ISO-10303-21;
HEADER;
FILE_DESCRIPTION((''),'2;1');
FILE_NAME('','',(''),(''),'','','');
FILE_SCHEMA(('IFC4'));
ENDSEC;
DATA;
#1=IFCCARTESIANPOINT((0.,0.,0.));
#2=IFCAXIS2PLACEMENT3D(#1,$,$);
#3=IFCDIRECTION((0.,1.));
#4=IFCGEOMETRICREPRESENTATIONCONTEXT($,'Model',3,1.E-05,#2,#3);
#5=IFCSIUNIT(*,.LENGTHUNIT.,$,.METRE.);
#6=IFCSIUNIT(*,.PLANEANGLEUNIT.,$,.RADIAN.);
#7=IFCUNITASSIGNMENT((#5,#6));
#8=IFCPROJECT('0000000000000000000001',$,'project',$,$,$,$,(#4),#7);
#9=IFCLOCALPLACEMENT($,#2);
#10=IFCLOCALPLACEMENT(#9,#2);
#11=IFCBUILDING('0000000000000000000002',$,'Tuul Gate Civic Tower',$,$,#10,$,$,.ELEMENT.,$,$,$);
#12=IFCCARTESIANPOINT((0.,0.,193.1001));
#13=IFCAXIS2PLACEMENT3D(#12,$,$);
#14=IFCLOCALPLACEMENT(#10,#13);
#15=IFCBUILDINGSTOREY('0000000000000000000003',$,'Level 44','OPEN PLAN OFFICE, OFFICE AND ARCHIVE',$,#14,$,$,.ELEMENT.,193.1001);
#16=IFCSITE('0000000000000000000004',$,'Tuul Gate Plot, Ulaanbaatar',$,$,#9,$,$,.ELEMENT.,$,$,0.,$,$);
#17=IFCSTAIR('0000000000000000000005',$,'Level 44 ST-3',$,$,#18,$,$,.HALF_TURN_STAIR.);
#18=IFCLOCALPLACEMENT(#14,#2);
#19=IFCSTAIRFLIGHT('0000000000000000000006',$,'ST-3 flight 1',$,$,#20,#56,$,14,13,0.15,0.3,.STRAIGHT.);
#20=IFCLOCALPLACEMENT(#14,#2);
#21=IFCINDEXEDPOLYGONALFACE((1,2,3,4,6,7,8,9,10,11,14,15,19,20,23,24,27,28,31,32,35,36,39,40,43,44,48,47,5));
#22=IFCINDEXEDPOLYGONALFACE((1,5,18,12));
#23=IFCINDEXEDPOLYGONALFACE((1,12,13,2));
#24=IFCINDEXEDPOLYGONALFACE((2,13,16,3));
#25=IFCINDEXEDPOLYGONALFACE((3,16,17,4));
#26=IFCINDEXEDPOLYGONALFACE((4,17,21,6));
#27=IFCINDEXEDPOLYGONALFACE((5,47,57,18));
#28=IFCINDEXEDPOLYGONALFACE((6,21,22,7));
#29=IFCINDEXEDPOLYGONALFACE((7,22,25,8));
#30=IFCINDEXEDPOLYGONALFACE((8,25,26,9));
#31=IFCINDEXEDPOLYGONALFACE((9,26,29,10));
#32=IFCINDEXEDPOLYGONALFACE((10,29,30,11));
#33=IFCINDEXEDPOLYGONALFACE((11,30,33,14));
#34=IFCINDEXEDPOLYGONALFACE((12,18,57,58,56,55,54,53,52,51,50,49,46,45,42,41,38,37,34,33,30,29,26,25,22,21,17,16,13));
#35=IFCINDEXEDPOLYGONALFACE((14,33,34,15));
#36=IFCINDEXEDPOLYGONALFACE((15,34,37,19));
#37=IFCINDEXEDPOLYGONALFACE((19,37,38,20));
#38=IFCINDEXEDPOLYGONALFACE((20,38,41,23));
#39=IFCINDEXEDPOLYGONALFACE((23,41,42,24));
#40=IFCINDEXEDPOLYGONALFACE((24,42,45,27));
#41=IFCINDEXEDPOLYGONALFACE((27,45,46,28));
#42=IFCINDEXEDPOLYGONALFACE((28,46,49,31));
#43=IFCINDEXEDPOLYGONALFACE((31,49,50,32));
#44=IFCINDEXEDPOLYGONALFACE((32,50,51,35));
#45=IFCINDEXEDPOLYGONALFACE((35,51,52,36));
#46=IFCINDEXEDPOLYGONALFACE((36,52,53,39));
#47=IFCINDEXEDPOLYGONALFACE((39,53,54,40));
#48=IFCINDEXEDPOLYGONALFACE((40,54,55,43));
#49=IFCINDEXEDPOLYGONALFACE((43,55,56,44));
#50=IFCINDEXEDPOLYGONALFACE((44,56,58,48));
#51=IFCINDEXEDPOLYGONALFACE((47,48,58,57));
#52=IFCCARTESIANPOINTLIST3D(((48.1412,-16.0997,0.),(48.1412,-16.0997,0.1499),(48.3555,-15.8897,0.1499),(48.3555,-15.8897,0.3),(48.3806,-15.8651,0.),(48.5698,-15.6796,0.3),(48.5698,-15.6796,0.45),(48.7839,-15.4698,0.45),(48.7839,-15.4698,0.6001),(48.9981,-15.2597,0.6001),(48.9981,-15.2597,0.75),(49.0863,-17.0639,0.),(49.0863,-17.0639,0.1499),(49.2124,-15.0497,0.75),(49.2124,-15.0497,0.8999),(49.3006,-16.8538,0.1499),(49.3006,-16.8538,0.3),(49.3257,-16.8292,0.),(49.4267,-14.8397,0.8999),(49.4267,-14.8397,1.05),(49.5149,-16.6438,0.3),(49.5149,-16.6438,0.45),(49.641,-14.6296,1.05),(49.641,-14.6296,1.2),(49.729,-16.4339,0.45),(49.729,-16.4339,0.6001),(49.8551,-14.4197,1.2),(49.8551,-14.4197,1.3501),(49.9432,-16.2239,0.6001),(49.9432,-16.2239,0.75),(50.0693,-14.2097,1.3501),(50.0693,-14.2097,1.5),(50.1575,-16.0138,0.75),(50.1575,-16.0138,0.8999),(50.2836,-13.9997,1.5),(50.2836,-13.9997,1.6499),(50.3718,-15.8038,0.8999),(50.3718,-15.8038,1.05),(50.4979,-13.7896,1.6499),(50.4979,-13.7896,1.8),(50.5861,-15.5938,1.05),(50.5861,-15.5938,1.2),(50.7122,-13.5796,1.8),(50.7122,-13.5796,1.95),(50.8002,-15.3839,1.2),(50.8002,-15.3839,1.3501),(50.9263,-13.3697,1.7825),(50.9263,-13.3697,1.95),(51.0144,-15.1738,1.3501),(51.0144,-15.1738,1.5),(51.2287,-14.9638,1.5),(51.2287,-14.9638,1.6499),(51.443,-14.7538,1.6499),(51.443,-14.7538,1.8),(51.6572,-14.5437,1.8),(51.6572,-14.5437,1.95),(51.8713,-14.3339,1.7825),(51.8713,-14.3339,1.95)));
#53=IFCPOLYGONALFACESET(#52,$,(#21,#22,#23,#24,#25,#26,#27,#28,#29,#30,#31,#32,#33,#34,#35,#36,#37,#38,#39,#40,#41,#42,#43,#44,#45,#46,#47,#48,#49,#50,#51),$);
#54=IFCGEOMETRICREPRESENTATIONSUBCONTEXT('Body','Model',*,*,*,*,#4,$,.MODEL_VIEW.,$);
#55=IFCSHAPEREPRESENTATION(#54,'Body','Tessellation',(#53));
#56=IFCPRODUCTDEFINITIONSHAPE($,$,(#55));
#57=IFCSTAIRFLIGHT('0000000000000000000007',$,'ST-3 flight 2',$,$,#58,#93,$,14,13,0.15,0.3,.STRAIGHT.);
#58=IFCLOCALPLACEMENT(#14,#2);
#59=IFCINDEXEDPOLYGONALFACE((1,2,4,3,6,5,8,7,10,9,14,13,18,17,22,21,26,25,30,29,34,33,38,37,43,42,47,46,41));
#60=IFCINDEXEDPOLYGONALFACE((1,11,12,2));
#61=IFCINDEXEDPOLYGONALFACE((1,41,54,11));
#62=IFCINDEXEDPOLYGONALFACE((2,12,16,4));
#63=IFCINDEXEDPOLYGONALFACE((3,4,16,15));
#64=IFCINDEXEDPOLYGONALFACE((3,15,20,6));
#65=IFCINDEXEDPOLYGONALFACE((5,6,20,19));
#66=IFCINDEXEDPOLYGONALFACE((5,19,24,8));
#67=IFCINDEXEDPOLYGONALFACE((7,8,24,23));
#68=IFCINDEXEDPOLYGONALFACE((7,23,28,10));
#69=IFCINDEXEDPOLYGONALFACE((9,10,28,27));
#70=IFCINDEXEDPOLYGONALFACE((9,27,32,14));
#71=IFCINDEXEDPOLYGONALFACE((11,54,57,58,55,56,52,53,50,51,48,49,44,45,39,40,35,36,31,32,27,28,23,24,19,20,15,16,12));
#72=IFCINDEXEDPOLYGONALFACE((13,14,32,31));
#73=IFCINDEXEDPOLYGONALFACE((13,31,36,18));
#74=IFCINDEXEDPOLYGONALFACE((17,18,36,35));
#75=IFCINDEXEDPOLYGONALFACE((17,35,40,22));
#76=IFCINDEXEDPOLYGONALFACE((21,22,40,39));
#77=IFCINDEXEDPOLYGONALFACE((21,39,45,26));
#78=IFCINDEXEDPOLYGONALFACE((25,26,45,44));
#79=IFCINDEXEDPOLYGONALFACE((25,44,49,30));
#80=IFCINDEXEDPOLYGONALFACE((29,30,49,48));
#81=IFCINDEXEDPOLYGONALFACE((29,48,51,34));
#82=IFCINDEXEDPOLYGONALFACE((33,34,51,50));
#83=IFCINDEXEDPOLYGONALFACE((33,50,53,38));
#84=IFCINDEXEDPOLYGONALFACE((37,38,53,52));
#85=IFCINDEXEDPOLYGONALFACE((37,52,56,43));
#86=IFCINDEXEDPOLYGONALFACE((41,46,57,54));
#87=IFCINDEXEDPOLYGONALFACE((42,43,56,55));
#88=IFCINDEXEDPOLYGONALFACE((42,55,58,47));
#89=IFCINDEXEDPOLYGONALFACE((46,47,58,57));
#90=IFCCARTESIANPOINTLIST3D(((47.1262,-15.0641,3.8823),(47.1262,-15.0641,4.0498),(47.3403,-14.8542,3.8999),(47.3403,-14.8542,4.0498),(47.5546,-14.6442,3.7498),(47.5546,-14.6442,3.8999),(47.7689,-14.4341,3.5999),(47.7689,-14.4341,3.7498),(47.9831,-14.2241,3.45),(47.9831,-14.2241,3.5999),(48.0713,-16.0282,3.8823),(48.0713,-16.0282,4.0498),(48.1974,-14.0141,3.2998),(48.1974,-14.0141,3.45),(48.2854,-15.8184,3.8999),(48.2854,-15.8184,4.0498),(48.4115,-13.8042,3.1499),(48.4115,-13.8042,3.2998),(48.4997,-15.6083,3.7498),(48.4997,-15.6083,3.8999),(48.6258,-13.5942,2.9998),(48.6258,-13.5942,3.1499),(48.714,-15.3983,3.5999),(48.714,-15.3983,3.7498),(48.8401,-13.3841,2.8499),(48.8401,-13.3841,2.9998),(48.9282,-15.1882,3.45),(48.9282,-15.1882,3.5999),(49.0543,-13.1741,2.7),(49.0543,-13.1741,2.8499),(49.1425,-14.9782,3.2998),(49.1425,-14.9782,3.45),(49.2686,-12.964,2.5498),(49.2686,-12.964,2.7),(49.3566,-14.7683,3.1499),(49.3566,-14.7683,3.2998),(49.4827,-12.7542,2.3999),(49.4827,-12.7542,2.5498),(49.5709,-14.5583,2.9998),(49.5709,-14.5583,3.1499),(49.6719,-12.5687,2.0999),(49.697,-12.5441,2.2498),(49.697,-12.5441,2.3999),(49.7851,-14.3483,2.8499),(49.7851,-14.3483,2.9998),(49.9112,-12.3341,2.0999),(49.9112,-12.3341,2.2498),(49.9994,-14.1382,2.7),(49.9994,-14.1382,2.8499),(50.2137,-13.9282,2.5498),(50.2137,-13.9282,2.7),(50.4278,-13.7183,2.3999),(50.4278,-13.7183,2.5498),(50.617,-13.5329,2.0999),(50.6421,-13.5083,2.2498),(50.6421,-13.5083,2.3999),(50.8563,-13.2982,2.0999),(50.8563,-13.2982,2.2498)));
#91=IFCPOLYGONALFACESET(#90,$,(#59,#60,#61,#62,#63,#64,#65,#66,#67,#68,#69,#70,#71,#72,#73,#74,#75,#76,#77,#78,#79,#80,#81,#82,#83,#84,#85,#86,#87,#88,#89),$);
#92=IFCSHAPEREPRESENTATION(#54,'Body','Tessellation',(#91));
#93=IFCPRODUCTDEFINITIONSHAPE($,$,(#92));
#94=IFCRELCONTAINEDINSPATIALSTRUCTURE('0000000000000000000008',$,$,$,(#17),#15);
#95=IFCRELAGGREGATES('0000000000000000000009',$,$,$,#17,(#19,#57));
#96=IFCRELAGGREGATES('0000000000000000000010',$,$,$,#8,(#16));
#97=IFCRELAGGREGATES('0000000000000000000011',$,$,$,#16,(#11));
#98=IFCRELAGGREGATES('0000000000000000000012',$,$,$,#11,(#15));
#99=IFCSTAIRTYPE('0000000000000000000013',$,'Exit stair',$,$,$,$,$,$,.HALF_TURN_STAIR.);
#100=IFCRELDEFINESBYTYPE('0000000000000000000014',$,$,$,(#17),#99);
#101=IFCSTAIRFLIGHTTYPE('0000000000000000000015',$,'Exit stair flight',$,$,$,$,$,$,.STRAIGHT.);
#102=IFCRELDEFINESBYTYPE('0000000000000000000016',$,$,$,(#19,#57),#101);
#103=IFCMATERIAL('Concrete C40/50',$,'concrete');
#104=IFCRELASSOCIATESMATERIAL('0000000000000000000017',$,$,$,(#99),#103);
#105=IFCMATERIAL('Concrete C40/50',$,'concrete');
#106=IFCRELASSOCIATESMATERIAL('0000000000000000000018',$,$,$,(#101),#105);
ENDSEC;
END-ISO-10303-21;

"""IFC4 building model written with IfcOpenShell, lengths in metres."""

from ifc_helpers import new_model, si_unit, direction, frame, origin, place, context, subcontext, project, spatial, polyline, outline, extrude, material, type_object, element, aggregate, save


model = new_model("IFC4")

# Units and contexts
model_context = context("Model", 3, precision=1e-05, world=origin(), true_north=direction((0.0, 1.0)))
body_context = subcontext(model_context, "Body", "Model", "MODEL_VIEW")
ifc_project = project(units=[si_unit("LENGTHUNIT", "METRE"), si_unit("PLANEANGLEUNIT", "RADIAN")], contexts=[model_context])

# Site, building, storey
site_placement = place(None, origin())
site = spatial("IfcSite", under=ifc_project, at=site_placement, Name="Tuul Gate Plot, Ulaanbaatar", CompositionType="ELEMENT", RefElevation=0.0)
building_placement = place(site_placement, origin())
building = spatial("IfcBuilding", under=site, at=building_placement, Name="Tuul Gate Civic Tower", CompositionType="ELEMENT")
storey_placement = place(building_placement, frame((0.0, 0.0, 193.1001)))
storey = spatial("IfcBuildingStorey", under=building, at=storey_placement, Name="Level 44", Description="OPEN PLAN OFFICE, OFFICE AND ARCHIVE", CompositionType="ELEMENT", Elevation=193.1001)

# Stair, stair flights
ifc_material_1 = material(Name="Concrete C40/50", Category="concrete")
stair_type = type_object("IfcStairType", Name="Exit stair", PredefinedType="HALF_TURN_STAIR", material=ifc_material_1)
stair_placement = place(storey_placement, origin())
stair = element("IfcStair", 1, at=stair_placement, inside=storey, type_object=stair_type, Name="Level 44 ST-3", PredefinedType="HALF_TURN_STAIR")
ifc_material_2 = material(Name="Concrete C40/50", Category="concrete")
stair_flight_type = type_object("IfcStairFlightType", Name="Exit stair flight", PredefinedType="STRAIGHT", material=ifc_material_2)
stair_flight_1_placement = place(storey_placement, frame((48.6138, -16.5818, 0.0), z_axis=(0.0, 0.0, 1.0), x_axis=(0.714127, 0.700016, 0.0)))
stair_flight_1 = element("IfcStairFlight", 2, at=stair_flight_1_placement, type_object=stair_flight_type, Name="ST-3 flight 1", NumberOfRisers=14, NumberOfTreads=13, PredefinedType="STRAIGHT", RiserHeight=0.15, TreadLength=0.3, context=body_context, shape_type="SweptSolid", body=[
    extrude(outline(polyline([(0.0, 0.0), (0.0, 0.1499), (0.3, 0.1499), (0.3, 0.3), (0.6001, 0.3), (0.6001, 0.45), (0.8999, 0.45), (0.8999, 0.6001), (1.2, 0.6001), (1.2, 0.75), (1.5, 0.75), (1.5, 0.8999), (1.8, 0.8999), (1.8, 1.05), (2.1001, 1.05), (2.1001, 1.2), (2.3999, 1.2), (2.3999, 1.3501), (2.7, 1.3501), (2.7, 1.5), (3.0, 1.5), (3.0, 1.6499), (3.3, 1.6499), (3.3, 1.8), (3.6001, 1.8), (3.6001, 1.95), (3.8999, 1.95), (3.8999, 2.1001), (3.8999, 1.7825), (0.3352, 0.0), (0.0, 0.0)])), frame((0.0, 0.675, 0.0), z_axis=(0.0, -1.0, 0.0), x_axis=(1.0, 0.0, 0.0)), (0.0, 0.0, 1.0), 1.3501),
])
stair_flight_2_placement = place(storey_placement, frame((50.3838, -12.8162, 2.0999), z_axis=(0.0, 0.0, 1.0), x_axis=(-0.714127, -0.700016, 0.0)))
stair_flight_2 = element("IfcStairFlight", 3, at=stair_flight_2_placement, type_object=stair_flight_type, Name="ST-3 flight 2", NumberOfRisers=14, NumberOfTreads=13, PredefinedType="STRAIGHT", RiserHeight=0.15, TreadLength=0.3, context=body_context, shape_type="SweptSolid", body=[
    extrude(outline(polyline([(0.0, 0.0), (0.0, 0.1499), (0.3, 0.1499), (0.3, 0.3), (0.6001, 0.3), (0.6001, 0.45), (0.8999, 0.45), (0.8999, 0.6001), (1.2, 0.6001), (1.2, 0.75), (1.5, 0.75), (1.5, 0.8999), (1.8, 0.8999), (1.8, 1.05), (2.1001, 1.05), (2.1001, 1.2), (2.3999, 1.2), (2.3999, 1.3501), (2.7, 1.3501), (2.7, 1.5), (3.0, 1.5), (3.0, 1.6499), (3.3, 1.6499), (3.3, 1.8), (3.6001, 1.8), (3.6001, 1.95), (3.8999, 1.95), (3.8999, 2.1001), (3.8999, 1.7825), (0.3352, 0.0), (0.0, 0.0)])), frame((0.0, 0.675, 0.0), z_axis=(0.0, -1.0, 0.0), x_axis=(1.0, 0.0, 0.0)), (0.0, 0.0, 1.0), 1.3501),
])
aggregate(stair, [stair_flight_1, stair_flight_2])

save(model, "model.ifc")
